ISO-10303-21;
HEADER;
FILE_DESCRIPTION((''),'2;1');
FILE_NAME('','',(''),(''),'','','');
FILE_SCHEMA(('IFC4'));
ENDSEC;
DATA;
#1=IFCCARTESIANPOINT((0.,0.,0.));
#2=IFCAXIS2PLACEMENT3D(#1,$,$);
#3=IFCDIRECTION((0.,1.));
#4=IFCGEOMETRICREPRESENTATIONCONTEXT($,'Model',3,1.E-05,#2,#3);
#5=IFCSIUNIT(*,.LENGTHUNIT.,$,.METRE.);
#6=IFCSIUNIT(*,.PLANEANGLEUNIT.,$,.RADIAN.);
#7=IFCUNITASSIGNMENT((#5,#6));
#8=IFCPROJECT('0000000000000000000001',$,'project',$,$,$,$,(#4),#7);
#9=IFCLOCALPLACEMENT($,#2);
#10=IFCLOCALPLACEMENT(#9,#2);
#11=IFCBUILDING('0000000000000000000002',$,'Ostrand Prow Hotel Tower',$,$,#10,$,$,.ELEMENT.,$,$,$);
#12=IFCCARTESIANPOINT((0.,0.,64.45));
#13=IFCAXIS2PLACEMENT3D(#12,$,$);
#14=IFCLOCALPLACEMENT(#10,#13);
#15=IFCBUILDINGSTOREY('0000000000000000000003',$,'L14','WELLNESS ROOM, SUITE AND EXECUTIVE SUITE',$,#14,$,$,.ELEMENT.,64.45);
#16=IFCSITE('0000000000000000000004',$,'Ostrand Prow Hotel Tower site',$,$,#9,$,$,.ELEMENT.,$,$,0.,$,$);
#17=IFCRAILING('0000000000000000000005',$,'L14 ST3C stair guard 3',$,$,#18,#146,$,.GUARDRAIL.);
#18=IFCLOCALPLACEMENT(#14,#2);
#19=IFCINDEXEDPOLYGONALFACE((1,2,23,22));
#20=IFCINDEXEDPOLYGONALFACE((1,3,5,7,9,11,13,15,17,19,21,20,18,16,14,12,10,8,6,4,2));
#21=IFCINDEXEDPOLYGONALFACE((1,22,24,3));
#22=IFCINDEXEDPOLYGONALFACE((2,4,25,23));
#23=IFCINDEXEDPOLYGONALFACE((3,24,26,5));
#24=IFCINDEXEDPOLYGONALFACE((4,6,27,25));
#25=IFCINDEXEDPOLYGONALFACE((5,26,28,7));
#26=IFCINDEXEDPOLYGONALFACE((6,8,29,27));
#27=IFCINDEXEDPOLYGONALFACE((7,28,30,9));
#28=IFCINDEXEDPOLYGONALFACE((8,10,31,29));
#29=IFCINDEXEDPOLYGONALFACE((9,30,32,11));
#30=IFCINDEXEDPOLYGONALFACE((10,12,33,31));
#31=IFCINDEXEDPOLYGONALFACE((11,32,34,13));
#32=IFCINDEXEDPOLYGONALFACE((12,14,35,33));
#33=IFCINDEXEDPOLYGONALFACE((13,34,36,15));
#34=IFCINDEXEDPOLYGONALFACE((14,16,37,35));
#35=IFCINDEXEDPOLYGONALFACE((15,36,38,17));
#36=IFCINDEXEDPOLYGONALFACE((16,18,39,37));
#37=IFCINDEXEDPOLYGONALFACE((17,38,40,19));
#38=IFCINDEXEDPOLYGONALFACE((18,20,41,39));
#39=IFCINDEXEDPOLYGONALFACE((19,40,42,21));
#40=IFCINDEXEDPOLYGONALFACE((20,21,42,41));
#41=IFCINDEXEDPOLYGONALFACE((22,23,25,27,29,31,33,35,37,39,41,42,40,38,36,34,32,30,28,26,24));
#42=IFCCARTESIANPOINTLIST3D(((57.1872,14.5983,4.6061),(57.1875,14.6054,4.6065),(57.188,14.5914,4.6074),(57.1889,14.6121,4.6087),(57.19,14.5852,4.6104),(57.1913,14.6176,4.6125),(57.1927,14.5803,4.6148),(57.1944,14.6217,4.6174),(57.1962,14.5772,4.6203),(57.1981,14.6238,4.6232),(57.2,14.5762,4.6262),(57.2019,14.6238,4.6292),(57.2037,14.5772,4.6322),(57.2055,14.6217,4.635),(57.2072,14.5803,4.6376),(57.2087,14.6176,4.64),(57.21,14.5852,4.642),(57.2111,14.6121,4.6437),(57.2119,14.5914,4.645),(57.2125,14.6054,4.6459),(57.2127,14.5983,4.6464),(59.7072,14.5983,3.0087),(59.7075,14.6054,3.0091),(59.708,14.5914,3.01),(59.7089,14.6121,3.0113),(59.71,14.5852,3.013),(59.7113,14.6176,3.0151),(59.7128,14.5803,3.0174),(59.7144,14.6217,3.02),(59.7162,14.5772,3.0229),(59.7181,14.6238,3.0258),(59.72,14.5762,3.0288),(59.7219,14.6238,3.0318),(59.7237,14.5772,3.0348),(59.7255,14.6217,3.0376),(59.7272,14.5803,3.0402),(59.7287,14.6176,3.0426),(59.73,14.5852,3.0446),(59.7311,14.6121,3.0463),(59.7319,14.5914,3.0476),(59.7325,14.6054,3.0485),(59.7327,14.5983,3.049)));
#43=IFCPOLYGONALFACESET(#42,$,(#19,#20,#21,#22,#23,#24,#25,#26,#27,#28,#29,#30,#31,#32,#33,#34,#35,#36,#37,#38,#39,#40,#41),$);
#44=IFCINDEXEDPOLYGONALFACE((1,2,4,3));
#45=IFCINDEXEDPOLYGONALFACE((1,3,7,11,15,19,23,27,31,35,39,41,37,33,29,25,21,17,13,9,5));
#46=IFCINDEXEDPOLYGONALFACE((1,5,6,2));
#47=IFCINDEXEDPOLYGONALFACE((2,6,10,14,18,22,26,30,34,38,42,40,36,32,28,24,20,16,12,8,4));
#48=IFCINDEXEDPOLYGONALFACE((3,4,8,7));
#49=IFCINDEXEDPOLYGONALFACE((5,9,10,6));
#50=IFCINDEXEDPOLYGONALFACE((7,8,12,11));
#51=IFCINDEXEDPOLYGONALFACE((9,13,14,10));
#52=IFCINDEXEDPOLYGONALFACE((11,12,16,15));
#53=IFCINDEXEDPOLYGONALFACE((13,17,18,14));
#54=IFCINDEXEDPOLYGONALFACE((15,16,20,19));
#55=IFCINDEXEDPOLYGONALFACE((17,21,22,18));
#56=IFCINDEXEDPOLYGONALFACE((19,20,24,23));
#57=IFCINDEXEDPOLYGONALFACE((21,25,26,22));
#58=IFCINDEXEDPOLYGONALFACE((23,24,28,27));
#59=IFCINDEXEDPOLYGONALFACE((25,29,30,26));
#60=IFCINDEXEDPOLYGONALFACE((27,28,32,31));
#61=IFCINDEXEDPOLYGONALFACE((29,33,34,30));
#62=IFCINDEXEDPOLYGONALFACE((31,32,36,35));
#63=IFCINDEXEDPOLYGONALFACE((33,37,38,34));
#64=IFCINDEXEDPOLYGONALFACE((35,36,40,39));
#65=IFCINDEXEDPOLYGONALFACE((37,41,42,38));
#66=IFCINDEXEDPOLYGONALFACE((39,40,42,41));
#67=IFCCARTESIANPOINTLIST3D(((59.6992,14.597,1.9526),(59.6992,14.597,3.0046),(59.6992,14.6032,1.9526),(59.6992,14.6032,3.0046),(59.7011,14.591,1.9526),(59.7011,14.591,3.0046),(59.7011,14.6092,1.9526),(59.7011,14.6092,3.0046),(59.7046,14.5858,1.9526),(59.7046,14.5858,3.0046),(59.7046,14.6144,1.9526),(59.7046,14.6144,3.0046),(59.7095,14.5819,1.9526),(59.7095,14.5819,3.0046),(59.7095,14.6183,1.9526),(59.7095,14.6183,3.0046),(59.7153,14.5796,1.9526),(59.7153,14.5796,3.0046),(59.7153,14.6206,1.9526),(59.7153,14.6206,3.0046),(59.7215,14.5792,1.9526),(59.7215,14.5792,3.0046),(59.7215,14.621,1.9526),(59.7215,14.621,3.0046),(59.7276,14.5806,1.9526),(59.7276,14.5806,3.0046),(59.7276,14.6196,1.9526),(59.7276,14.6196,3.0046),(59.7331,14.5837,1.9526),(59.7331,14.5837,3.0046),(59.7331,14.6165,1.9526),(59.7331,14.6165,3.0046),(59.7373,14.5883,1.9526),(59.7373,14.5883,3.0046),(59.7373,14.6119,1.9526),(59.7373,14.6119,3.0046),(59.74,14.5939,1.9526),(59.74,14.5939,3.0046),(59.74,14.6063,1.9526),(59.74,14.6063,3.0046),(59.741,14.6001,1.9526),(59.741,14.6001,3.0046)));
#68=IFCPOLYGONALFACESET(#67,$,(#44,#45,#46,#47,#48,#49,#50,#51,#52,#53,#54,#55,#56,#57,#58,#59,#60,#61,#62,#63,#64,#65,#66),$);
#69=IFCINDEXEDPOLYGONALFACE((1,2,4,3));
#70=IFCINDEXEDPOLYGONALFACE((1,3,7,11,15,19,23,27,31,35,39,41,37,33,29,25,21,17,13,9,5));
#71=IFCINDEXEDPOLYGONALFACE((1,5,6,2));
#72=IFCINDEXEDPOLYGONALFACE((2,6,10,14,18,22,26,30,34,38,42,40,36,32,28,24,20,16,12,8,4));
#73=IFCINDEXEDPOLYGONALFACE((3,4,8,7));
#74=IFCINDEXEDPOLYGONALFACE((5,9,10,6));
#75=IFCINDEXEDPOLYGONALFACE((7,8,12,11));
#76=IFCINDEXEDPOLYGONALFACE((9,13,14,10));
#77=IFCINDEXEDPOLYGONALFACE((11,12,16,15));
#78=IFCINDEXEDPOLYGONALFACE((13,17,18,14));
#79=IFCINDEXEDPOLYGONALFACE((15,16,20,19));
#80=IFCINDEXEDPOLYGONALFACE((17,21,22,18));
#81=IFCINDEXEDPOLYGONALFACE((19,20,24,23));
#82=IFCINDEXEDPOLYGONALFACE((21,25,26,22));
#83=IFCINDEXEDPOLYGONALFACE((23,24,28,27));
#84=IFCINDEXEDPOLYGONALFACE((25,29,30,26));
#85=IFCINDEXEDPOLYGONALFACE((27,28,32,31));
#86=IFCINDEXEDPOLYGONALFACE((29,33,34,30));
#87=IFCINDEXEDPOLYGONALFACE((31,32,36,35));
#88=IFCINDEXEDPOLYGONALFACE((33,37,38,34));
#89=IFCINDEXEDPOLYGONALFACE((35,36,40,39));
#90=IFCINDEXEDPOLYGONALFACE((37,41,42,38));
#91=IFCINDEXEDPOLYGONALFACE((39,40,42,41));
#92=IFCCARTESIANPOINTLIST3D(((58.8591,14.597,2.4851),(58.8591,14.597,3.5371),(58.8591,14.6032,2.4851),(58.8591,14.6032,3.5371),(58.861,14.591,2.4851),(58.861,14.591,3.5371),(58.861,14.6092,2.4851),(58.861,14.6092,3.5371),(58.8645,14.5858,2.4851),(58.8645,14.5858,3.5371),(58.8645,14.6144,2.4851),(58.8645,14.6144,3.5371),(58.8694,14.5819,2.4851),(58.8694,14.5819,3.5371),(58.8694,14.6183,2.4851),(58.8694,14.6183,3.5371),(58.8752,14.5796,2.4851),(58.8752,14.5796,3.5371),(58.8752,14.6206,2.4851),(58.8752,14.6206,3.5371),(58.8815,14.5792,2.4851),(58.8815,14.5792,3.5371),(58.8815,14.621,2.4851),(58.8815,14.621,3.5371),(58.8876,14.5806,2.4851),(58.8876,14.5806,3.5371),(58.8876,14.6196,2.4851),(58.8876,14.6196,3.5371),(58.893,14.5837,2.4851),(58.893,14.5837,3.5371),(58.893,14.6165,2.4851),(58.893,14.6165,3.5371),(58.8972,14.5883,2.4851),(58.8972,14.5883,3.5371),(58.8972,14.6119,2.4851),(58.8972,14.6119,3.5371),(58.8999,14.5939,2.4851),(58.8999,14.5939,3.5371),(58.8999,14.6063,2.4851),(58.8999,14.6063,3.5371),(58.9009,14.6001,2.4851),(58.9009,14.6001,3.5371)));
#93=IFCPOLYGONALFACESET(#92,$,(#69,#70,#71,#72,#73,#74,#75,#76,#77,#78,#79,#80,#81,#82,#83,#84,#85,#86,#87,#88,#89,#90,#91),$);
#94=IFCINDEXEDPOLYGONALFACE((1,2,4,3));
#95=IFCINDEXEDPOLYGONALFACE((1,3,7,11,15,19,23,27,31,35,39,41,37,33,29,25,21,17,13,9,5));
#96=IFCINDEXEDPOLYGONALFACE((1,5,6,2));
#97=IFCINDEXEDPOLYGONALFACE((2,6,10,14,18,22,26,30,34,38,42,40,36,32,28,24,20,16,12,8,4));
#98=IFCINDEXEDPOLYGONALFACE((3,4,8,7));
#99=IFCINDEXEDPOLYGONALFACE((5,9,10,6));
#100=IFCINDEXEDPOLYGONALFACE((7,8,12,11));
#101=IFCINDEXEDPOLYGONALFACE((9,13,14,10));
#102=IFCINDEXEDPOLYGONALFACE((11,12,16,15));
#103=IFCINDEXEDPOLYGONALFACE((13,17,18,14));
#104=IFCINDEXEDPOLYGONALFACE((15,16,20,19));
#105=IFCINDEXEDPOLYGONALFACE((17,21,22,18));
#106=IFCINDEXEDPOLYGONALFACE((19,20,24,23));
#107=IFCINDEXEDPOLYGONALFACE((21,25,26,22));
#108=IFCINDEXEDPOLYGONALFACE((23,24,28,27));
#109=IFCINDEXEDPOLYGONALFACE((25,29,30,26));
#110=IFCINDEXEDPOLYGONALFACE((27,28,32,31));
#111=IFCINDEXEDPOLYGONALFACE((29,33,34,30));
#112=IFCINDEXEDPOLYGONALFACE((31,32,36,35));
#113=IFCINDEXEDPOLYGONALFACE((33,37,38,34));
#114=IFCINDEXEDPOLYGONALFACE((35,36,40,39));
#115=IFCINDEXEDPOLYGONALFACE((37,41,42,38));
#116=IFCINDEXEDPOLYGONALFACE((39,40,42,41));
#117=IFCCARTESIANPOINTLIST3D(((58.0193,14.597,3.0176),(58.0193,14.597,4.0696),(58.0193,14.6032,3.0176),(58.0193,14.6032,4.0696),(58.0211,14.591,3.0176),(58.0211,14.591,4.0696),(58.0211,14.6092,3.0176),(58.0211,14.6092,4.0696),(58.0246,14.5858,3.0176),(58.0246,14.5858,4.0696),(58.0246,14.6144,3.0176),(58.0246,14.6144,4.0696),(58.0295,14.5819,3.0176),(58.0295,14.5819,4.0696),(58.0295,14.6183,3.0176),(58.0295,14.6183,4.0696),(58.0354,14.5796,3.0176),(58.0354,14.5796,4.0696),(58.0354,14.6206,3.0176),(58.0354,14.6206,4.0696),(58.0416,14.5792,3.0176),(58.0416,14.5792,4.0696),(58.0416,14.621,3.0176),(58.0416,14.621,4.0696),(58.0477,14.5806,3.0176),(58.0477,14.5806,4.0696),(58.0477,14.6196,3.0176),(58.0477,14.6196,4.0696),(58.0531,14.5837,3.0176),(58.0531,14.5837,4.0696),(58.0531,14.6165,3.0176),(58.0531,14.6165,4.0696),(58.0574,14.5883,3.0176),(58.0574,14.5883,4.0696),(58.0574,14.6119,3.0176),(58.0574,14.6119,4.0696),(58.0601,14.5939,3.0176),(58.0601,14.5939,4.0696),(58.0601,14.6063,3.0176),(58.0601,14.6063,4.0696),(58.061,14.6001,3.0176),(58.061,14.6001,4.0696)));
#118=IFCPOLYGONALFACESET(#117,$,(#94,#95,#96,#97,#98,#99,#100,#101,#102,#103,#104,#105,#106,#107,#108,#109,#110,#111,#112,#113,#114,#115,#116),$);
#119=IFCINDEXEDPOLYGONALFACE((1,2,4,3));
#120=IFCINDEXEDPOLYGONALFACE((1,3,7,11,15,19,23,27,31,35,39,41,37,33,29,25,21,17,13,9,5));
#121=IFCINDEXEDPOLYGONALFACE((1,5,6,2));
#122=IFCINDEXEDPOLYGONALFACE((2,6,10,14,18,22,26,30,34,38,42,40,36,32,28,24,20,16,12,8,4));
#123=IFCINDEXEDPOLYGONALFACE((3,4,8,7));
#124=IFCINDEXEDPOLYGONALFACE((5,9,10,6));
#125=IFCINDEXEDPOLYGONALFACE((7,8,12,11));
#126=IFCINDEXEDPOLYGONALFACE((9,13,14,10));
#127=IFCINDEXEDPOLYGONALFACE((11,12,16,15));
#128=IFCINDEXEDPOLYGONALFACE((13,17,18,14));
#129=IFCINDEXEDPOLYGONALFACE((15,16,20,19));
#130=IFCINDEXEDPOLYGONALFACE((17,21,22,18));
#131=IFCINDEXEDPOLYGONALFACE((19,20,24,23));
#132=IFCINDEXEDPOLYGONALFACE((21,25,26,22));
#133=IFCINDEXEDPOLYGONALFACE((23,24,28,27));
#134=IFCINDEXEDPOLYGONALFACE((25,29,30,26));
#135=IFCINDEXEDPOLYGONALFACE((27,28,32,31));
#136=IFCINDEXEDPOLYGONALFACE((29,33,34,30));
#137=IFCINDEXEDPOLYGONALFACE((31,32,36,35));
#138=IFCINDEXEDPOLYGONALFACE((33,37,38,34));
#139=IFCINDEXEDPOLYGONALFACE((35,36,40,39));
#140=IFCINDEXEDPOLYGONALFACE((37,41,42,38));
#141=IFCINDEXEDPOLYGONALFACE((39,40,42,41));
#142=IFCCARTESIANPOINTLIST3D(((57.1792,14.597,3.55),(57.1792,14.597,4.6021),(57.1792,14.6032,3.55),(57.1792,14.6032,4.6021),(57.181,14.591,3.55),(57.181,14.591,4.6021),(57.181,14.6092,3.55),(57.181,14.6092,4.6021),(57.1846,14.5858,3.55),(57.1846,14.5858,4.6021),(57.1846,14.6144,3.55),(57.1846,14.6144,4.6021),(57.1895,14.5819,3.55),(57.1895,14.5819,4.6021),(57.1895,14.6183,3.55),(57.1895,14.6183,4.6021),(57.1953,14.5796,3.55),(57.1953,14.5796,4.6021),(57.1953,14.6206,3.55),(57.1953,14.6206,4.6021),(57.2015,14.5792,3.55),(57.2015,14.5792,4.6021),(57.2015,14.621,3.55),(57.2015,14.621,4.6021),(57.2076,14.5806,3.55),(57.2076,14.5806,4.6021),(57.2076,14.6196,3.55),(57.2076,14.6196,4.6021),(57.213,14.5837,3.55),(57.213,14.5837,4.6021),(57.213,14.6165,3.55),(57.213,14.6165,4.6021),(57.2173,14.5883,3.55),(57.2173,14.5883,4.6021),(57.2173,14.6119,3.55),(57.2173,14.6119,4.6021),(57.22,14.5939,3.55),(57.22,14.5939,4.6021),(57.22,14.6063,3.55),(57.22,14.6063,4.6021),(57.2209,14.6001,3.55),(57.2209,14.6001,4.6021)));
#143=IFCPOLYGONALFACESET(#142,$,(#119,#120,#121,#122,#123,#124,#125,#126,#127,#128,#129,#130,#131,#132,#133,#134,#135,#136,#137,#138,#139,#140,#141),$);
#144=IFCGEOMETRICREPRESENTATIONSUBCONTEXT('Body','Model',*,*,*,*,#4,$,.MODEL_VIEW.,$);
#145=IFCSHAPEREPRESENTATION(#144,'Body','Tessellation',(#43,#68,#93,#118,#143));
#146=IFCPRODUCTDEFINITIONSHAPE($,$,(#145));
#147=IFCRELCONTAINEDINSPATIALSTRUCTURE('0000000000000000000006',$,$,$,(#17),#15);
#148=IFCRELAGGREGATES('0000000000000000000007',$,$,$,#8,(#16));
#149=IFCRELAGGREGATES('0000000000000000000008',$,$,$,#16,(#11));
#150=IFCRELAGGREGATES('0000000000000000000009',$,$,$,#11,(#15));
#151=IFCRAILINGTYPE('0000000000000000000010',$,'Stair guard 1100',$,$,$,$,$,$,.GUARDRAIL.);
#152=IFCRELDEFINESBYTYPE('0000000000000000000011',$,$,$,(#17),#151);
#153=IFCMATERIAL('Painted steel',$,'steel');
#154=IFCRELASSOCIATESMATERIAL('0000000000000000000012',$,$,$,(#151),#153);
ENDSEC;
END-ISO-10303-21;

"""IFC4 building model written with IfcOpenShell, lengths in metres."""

from ifc_helpers import new_model, si_unit, direction, frame, origin, origin_2d, place, context, subcontext, project, spatial, circle, extrude, material, type_object, element, save


model = new_model("IFC4")

# Units and contexts
model_context = context("Model", 3, precision=1e-05, world=origin(), true_north=direction((0.0, 1.0)))
body_context = subcontext(model_context, "Body", "Model", "MODEL_VIEW")
ifc_project = project(units=[si_unit("LENGTHUNIT", "METRE"), si_unit("PLANEANGLEUNIT", "RADIAN")], contexts=[model_context])

# Site, building, storey
site_placement = place(None, origin())
site = spatial("IfcSite", under=ifc_project, at=site_placement, Name="Ostrand Prow Hotel Tower site", CompositionType="ELEMENT", RefElevation=0.0)
building_placement = place(site_placement, origin())
building = spatial("IfcBuilding", under=site, at=building_placement, Name="Ostrand Prow Hotel Tower", CompositionType="ELEMENT")
storey_placement = place(building_placement, frame((0.0, 0.0, 64.45)))
storey = spatial("IfcBuildingStorey", under=building, at=storey_placement, Name="L14", Description="WELLNESS ROOM, SUITE AND EXECUTIVE SUITE", CompositionType="ELEMENT", Elevation=64.45)

# Railing
ifc_material_1 = material(Name="Painted steel", Category="steel")
railing_type_1 = type_object("IfcRailingType", Name="Stair guard 1100", PredefinedType="GUARDRAIL", material=ifc_material_1)
railing_1_placement = place(storey_placement, frame((59.72, 14.6001, 1.9526)))
element("IfcRailing", 1, at=railing_1_placement, inside=storey, type_object=railing_type_1, Name="L14 ST3C stair guard 3", PredefinedType="GUARDRAIL", context=body_context, shape_type="SweptSolid", body=[
    extrude(circle(Radius=0.0239, at=origin_2d()), frame((0.0, 0.0, 1.0762), z_axis=(-0.844607, 0.0, 0.535387), x_axis=(0.0, -1.0, 0.0)), (0.0, 0.0, 1.0), 2.9836),
    extrude(circle(Radius=0.021, at=origin_2d()), origin(), (0.0, 0.0, 1.0), 1.052),
    extrude(circle(Radius=0.021, at=origin_2d()), frame((-0.8401, 0.0, 0.5325)), (0.0, 0.0, 1.0), 1.052),
    extrude(circle(Radius=0.021, at=origin_2d()), frame((-1.6799, 0.0, 1.0649)), (0.0, 0.0, 1.0), 1.052),
    extrude(circle(Radius=0.021, at=origin_2d()), frame((-2.52, 0.0, 1.5974)), (0.0, 0.0, 1.0), 1.052),
])

save(model, "model.ifc")
